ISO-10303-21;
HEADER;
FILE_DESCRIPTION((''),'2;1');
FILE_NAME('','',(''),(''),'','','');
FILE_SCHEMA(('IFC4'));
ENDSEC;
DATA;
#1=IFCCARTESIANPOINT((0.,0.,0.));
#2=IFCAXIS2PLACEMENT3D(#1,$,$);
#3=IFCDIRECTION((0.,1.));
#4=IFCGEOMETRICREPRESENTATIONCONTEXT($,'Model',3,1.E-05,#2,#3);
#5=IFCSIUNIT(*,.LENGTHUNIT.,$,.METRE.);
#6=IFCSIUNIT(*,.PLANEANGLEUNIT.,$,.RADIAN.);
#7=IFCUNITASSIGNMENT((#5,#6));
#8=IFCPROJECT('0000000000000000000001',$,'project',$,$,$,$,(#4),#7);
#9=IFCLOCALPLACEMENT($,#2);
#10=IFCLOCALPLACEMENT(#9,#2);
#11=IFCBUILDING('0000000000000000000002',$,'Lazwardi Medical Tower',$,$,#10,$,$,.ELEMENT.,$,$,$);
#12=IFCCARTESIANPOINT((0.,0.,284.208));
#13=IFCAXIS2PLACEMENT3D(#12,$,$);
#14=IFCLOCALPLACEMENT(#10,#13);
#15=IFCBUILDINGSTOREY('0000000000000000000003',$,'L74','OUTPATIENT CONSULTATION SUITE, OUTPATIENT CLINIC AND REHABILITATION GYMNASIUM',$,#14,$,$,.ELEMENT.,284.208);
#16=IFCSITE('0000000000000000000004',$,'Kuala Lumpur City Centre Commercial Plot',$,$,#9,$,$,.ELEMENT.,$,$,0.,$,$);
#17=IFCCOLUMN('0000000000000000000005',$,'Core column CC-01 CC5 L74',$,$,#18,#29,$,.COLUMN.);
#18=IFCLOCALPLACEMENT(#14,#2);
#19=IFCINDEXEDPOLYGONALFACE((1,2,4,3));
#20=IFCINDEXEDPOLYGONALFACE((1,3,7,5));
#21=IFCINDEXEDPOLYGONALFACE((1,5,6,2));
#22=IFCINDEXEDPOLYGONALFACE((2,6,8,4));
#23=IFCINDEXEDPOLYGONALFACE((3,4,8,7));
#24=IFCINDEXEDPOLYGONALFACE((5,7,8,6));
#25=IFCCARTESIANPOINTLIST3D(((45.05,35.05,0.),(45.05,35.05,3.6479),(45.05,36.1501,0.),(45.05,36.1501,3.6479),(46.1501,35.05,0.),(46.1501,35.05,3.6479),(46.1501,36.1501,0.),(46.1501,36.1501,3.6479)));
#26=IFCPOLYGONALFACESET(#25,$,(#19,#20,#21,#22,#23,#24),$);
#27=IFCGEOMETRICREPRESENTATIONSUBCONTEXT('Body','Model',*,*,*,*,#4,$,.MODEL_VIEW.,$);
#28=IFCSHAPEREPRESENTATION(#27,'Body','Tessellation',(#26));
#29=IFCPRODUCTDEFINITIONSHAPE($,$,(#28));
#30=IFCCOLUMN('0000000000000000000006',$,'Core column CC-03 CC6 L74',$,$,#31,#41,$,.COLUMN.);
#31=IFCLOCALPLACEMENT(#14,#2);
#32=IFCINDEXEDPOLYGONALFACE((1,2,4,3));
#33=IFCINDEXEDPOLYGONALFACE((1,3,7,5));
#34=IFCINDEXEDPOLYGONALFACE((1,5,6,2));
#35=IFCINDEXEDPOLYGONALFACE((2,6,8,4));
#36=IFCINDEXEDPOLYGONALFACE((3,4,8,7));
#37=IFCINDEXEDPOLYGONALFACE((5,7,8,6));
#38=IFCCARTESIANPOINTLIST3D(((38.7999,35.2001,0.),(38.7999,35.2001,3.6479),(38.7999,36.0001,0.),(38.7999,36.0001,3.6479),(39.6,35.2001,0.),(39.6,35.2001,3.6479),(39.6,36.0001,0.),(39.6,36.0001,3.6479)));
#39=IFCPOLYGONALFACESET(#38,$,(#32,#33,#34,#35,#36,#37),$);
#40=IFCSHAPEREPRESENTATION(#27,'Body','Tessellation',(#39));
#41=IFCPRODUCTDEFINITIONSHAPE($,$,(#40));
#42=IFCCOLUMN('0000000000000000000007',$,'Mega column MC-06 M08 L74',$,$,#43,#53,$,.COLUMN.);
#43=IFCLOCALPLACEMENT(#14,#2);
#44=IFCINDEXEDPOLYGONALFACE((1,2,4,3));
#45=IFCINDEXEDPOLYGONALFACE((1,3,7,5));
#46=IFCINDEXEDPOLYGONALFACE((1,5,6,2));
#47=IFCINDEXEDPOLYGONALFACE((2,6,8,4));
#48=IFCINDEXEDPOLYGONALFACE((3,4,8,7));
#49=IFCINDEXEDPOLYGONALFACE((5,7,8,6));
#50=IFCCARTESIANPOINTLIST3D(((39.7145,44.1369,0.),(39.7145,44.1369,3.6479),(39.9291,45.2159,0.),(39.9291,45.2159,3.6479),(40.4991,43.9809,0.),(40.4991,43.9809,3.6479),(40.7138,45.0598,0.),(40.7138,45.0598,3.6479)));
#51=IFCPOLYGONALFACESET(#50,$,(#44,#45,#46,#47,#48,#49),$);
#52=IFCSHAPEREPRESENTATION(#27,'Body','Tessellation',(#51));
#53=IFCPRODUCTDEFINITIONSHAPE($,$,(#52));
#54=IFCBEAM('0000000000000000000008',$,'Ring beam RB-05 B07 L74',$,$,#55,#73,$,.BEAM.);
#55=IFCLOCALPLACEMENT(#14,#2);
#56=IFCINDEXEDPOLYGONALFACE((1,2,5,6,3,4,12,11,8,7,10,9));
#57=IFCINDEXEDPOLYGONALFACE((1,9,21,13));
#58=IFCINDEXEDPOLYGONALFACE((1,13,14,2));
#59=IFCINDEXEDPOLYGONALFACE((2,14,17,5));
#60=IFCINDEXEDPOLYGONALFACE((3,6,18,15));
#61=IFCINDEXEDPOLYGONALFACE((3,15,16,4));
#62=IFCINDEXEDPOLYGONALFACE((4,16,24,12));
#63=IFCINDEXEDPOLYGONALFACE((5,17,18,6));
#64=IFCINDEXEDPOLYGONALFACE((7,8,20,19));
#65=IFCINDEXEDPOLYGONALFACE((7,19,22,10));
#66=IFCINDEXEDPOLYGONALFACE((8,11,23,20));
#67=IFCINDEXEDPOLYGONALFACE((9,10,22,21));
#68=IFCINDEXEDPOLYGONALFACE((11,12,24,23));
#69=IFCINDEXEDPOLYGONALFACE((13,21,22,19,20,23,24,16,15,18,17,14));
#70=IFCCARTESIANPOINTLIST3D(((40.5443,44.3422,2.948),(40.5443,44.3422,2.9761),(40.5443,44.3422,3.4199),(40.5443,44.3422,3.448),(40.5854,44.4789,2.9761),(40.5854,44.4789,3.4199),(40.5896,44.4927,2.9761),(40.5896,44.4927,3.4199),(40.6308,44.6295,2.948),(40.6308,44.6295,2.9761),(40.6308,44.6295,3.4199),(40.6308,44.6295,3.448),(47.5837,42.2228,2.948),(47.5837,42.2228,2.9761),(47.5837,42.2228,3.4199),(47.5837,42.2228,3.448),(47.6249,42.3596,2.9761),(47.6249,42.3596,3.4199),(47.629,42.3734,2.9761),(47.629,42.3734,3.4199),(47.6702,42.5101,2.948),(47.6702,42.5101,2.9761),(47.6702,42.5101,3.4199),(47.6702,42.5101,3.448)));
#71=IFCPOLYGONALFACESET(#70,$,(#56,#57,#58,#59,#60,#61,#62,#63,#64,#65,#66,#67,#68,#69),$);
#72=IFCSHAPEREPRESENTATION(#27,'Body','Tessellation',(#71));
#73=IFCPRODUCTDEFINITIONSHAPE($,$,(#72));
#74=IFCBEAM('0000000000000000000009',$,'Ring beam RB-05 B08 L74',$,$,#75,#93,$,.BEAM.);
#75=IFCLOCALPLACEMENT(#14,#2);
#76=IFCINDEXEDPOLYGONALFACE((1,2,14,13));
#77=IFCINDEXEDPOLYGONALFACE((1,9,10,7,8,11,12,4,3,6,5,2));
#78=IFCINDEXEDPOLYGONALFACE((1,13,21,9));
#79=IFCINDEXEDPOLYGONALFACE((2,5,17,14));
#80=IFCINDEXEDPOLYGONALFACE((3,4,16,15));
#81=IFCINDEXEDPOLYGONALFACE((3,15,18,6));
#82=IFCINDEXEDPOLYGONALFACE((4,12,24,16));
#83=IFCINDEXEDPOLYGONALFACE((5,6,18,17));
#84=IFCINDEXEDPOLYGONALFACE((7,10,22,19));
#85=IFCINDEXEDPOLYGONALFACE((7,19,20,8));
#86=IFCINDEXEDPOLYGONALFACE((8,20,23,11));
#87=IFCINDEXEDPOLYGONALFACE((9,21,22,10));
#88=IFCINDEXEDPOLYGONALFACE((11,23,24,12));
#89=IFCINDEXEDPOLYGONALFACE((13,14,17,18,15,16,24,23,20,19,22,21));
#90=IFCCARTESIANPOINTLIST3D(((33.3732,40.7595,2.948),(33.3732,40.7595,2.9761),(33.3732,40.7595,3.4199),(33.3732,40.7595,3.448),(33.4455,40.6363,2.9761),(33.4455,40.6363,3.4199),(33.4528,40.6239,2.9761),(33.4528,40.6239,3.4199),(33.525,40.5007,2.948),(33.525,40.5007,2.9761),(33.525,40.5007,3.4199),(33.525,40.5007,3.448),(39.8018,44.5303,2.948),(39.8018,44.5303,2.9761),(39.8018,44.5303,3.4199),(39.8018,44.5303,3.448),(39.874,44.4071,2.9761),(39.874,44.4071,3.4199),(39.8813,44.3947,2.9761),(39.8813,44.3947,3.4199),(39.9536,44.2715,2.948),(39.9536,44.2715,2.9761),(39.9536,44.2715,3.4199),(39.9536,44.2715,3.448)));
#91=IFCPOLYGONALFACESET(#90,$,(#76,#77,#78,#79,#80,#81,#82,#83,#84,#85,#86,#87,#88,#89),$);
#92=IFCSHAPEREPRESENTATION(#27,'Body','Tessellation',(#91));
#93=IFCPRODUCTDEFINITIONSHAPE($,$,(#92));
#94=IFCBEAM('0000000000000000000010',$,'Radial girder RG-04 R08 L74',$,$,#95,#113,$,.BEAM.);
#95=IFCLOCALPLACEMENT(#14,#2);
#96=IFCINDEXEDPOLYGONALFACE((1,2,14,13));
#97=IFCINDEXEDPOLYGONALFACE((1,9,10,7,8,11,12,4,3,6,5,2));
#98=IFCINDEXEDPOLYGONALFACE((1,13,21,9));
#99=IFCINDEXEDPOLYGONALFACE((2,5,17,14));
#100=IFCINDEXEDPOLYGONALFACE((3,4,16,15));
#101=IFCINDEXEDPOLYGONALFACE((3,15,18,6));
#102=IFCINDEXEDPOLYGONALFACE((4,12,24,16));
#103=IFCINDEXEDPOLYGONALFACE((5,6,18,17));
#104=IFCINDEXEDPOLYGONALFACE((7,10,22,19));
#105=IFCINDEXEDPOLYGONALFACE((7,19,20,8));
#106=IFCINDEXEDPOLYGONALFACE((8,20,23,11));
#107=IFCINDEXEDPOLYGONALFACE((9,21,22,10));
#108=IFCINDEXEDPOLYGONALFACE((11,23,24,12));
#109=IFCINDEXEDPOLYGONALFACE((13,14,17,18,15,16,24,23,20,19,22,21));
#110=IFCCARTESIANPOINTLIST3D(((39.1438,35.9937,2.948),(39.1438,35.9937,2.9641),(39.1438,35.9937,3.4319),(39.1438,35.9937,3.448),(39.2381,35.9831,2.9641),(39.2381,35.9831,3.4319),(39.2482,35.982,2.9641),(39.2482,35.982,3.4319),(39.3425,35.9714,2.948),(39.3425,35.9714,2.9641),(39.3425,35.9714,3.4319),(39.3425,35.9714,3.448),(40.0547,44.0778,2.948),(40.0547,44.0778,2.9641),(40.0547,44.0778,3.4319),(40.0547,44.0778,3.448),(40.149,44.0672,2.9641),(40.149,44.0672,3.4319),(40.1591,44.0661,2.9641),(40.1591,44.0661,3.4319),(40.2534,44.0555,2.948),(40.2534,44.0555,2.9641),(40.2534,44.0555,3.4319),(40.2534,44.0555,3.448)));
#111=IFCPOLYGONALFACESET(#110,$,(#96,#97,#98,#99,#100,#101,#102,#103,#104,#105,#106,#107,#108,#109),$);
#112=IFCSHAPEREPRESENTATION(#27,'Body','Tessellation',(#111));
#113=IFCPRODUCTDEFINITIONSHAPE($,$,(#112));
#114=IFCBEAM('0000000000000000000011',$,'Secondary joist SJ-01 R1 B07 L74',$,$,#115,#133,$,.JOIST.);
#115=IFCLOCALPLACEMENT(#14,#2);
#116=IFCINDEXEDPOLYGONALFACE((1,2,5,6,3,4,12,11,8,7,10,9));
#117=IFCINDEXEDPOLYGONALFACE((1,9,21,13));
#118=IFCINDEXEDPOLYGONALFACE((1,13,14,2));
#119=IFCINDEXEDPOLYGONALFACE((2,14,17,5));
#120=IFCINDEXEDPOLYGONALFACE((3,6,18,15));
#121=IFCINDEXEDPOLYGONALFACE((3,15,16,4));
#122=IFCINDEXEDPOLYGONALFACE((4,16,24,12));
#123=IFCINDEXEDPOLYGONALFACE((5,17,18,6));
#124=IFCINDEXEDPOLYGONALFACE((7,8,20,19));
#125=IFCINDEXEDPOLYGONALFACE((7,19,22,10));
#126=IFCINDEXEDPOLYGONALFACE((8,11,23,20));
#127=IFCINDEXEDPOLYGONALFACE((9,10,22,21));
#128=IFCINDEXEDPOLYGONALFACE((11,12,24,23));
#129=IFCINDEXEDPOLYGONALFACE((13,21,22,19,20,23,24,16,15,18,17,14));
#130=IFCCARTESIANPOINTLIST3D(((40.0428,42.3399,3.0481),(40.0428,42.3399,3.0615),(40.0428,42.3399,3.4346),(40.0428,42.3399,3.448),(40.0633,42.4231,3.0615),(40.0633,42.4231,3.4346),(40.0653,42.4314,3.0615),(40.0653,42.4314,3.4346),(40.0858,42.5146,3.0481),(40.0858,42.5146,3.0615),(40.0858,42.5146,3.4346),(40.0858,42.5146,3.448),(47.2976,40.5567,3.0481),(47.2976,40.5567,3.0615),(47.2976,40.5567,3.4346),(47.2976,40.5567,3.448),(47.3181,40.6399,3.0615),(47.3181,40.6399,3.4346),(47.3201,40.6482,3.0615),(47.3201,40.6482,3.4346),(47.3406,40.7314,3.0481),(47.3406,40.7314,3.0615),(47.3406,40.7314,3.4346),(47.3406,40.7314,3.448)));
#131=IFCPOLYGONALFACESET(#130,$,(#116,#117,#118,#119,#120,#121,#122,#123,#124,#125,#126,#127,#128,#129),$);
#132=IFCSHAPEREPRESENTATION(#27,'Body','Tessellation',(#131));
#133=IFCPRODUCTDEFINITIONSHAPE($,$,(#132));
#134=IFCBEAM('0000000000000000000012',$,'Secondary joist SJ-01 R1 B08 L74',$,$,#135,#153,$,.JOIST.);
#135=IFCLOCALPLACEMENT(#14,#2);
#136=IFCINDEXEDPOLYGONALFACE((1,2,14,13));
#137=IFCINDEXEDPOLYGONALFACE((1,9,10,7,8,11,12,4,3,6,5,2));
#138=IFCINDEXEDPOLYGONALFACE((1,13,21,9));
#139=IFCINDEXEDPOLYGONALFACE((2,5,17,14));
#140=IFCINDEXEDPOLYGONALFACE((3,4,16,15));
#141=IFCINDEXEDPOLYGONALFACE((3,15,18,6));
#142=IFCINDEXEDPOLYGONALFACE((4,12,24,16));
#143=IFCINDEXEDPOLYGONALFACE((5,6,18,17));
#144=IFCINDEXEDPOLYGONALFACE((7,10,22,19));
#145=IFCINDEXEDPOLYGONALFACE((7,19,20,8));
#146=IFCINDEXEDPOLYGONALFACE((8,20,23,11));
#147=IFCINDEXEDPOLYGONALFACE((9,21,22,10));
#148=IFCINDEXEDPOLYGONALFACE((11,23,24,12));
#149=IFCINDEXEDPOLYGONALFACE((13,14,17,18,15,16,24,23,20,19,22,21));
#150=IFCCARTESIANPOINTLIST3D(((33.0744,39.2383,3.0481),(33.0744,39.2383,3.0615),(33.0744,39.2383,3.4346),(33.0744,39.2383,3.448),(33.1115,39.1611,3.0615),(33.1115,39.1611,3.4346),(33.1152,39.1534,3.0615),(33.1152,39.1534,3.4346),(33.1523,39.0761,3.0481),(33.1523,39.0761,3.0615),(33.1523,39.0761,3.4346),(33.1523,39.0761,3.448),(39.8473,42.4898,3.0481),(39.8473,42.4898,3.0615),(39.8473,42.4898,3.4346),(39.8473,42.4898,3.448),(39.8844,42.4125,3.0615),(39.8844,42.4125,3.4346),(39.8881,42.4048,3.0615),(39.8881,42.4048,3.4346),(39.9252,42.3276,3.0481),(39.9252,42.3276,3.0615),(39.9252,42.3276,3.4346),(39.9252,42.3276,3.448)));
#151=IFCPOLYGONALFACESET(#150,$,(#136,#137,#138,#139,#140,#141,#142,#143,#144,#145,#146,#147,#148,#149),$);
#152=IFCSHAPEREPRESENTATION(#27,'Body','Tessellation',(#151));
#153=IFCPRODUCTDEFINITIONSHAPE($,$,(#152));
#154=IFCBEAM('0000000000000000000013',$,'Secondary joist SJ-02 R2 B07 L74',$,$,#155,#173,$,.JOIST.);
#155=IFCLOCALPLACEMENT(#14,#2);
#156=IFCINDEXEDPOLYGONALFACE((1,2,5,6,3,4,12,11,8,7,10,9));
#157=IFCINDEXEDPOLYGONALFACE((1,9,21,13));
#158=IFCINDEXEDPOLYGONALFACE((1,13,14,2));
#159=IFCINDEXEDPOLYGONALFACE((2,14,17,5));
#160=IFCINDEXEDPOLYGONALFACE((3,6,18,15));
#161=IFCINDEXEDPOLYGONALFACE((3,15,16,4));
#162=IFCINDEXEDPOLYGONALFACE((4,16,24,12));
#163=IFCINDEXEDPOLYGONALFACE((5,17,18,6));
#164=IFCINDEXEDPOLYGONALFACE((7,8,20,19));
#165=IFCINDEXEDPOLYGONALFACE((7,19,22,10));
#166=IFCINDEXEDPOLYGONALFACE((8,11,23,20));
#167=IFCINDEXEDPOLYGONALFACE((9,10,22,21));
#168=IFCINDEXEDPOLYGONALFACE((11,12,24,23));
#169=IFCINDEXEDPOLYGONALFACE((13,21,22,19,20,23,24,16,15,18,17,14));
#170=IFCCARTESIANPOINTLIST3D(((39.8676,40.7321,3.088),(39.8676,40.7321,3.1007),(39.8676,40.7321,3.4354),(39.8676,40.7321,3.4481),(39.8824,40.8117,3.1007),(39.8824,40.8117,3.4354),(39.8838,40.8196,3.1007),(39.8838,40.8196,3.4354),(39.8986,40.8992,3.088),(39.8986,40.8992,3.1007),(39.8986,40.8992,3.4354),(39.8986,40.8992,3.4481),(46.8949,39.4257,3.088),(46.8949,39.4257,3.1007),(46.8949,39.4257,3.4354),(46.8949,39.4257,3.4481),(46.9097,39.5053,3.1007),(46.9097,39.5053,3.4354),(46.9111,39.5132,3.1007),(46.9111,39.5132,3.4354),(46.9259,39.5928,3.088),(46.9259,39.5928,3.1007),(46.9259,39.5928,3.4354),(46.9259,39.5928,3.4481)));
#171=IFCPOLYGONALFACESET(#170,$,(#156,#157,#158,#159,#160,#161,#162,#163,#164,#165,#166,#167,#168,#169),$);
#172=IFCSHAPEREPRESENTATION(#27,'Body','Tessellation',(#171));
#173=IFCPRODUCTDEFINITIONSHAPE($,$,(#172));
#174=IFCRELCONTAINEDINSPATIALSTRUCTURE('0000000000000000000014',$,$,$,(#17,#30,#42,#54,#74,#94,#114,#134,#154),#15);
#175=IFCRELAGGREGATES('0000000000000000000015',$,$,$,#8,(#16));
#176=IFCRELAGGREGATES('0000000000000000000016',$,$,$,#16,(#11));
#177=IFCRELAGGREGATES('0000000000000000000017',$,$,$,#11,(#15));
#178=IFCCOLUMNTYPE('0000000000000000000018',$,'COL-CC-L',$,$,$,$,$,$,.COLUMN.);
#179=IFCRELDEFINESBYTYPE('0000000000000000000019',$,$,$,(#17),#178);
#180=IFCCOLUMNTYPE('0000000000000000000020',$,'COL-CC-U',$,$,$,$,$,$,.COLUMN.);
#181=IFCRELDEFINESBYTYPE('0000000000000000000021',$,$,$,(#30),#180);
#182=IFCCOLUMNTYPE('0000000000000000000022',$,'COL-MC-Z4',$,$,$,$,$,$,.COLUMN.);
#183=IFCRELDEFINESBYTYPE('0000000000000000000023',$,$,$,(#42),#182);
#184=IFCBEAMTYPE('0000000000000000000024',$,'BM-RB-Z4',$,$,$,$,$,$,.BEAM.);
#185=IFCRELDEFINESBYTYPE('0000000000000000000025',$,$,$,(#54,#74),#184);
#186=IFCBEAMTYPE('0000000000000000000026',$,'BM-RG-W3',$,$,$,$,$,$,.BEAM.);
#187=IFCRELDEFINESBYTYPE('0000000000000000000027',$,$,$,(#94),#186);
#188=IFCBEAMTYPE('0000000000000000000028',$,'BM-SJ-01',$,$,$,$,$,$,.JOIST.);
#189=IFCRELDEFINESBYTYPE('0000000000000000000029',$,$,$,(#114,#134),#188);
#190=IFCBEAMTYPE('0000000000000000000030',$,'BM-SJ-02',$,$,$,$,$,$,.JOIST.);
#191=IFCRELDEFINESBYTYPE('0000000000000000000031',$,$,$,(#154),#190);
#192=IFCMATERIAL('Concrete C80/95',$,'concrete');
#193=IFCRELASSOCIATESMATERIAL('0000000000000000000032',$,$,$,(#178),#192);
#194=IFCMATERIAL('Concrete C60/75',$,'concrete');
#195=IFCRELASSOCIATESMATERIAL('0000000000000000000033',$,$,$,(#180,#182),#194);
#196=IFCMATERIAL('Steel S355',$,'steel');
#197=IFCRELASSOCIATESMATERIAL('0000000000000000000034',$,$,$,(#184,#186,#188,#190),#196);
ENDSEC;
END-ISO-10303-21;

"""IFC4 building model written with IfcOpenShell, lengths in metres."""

from ifc_helpers import new_model, si_unit, direction, frame, origin, origin_2d, place, context, subcontext, project, spatial, rectangle, i_section, extrude, material, material_profile, profile_set, type_object, element, save


model = new_model("IFC4")

# Units and contexts
model_context = context("Model", 3, precision=1e-05, world=origin(), true_north=direction((0.0, 1.0)))
body_context = subcontext(model_context, "Body", "Model", "MODEL_VIEW")
ifc_project = project(units=[si_unit("LENGTHUNIT", "METRE"), si_unit("PLANEANGLEUNIT", "RADIAN")], contexts=[model_context])

# Site, building, storey
site_placement = place(None, origin())
site = spatial("IfcSite", under=ifc_project, at=site_placement, Name="Kuala Lumpur City Centre Commercial Plot", CompositionType="ELEMENT", RefElevation=0.0)
building_placement = place(site_placement, origin())
building = spatial("IfcBuilding", under=site, at=building_placement, Name="Lazwardi Medical Tower", CompositionType="ELEMENT")
storey_placement = place(building_placement, frame((0.0, 0.0, 284.208)))
storey = spatial("IfcBuildingStorey", under=building, at=storey_placement, Name="L74", Description="OUTPATIENT CONSULTATION SUITE, OUTPATIENT CLINIC AND REHABILITATION GYMNASIUM", CompositionType="ELEMENT", Elevation=284.208)

# Columns
ifc_material_1 = material(Name="Concrete C80/95", Category="concrete")
ifc_material_profile_1 = material_profile(ifc_material_1, rectangle(XDim=1.1001, YDim=1.1001, at=origin_2d()), Name="RC 1100x1100")
ifc_profile_set_1 = profile_set([ifc_material_profile_1], Name="Concrete C80/95")
column_type_1 = type_object("IfcColumnType", Name="COL-CC-L", PredefinedType="COLUMN", material=ifc_profile_set_1)
column_1_placement = place(storey_placement, frame((45.6001, 35.6001, 0.0), z_axis=(0.0, 0.0, 1.0), x_axis=(1.0, 0.0, 0.0)))
element("IfcColumn", 1, at=column_1_placement, inside=storey, type_object=column_type_1, Name="Core column CC-01 CC5 L74", PredefinedType="COLUMN", context=body_context, shape_type="SweptSolid", body=[
    extrude(rectangle(XDim=1.1001, YDim=1.1001, at=origin_2d()), origin(), (0.0, 0.0, 1.0), 3.6479),
])
ifc_material_2 = material(Name="Concrete C60/75", Category="concrete")
ifc_material_profile_2 = material_profile(ifc_material_2, rectangle(XDim=0.8, YDim=0.8, at=origin_2d()), Name="RC 800x800")
ifc_profile_set_2 = profile_set([ifc_material_profile_2], Name="Concrete C60/75")
column_type_2 = type_object("IfcColumnType", Name="COL-CC-U", PredefinedType="COLUMN", material=ifc_profile_set_2)
column_2_placement = place(storey_placement, frame((39.2, 35.6001, 0.0), z_axis=(0.0, 0.0, 1.0), x_axis=(1.0, 0.0, 0.0)))
element("IfcColumn", 2, at=column_2_placement, inside=storey, type_object=column_type_2, Name="Core column CC-03 CC6 L74", PredefinedType="COLUMN", context=body_context, shape_type="SweptSolid", body=[
    extrude(rectangle(XDim=0.8, YDim=0.8, at=origin_2d()), origin(), (0.0, 0.0, 1.0), 3.6479),
])
ifc_material_profile_3 = material_profile(ifc_material_2, rectangle(XDim=1.1001, YDim=0.8, at=origin_2d()), Name="CFT-RECT 1100x800")
ifc_profile_set_3 = profile_set([ifc_material_profile_3], Name="Concrete C60/75")
column_type_3 = type_object("IfcColumnType", Name="COL-MC-Z4", PredefinedType="COLUMN", material=ifc_profile_set_3)
column_3_placement = place(storey_placement, frame((40.2141, 44.5984, 0.0), z_axis=(0.0, 0.0, 1.0), x_axis=(0.19509, 0.980785, 0.0)))
element("IfcColumn", 3, at=column_3_placement, inside=storey, type_object=column_type_3, Name="Mega column MC-06 M08 L74", PredefinedType="COLUMN", context=body_context, shape_type="SweptSolid", body=[
    extrude(rectangle(XDim=1.1001, YDim=0.8, at=origin_2d()), origin(), (0.0, 0.0, 1.0), 3.6479),
])

# Beams
ifc_material_3 = material(Name="Steel S355", Category="steel")
ifc_material_profile_4 = material_profile(ifc_material_3, i_section(OverallWidth=0.3, OverallDepth=0.5, WebThickness=0.0144, FlangeThickness=0.0281, at=origin_2d()), Name="HEB 500")
ifc_profile_set_4 = profile_set([ifc_material_profile_4], Name="Steel S355")
beam_type_1 = type_object("IfcBeamType", Name="BM-RB-Z4", PredefinedType="BEAM", material=ifc_profile_set_4)
beam_1_placement = place(storey_placement, frame((47.627, 42.3665, 3.198), z_axis=(-0.957544, 0.288286, 0.0), x_axis=(-0.288286, -0.957544, 0.0)))
element("IfcBeam", 4, at=beam_1_placement, inside=storey, type_object=beam_type_1, Name="Ring beam RB-05 B07 L74", PredefinedType="BEAM", context=body_context, shape_type="SweptSolid", body=[
    extrude(i_section(OverallWidth=0.3, OverallDepth=0.5, WebThickness=0.0144, FlangeThickness=0.0281, at=origin_2d()), origin(), (0.0, 0.0, 1.0), 7.3516),
])
beam_2_placement = place(storey_placement, frame((39.8777, 44.4009, 3.198), z_axis=(-0.862561, -0.505953, 0.0), x_axis=(0.505953, -0.862561, 0.0)))
element("IfcBeam", 5, at=beam_2_placement, inside=storey, type_object=beam_type_1, Name="Ring beam RB-05 B08 L74", PredefinedType="BEAM", context=body_context, shape_type="SweptSolid", body=[
    extrude(i_section(OverallWidth=0.3, OverallDepth=0.5, WebThickness=0.0144, FlangeThickness=0.0281, at=origin_2d()), origin(), (0.0, 0.0, 1.0), 7.4529),
])
ifc_material_profile_5 = material_profile(ifc_material_3, i_section(OverallWidth=0.2, OverallDepth=0.5, WebThickness=0.0103, FlangeThickness=0.0161, at=origin_2d()), Name="IPE 500")
ifc_profile_set_5 = profile_set([ifc_material_profile_5], Name="Steel S355")
beam_type_2 = type_object("IfcBeamType", Name="BM-RG-W3", PredefinedType="BEAM", material=ifc_profile_set_5)
beam_3_placement = place(storey_placement, frame((40.1541, 44.0667, 3.198), z_axis=(-0.11197, -0.993712, 0.0), x_axis=(0.993712, -0.11197, 0.0)))
element("IfcBeam", 6, at=beam_3_placement, inside=storey, type_object=beam_type_2, Name="Radial girder RG-04 R08 L74", PredefinedType="BEAM", context=body_context, shape_type="SweptSolid", body=[
    extrude(i_section(OverallWidth=0.2, OverallDepth=0.5, WebThickness=0.0103, FlangeThickness=0.0161, at=origin_2d()), origin(), (0.0, 0.0, 1.0), 8.1353),
])
ifc_material_profile_6 = material_profile(ifc_material_3, i_section(OverallWidth=0.1799, OverallDepth=0.3999, WebThickness=0.0085, FlangeThickness=0.0134, at=origin_2d()), Name="IPE 400")
ifc_profile_set_6 = profile_set([ifc_material_profile_6], Name="Steel S355")
beam_type_3 = type_object("IfcBeamType", Name="BM-SJ-01", PredefinedType="JOIST", material=ifc_profile_set_6)
beam_4_placement = place(storey_placement, frame((47.3191, 40.644, 3.248), z_axis=(-0.971096, 0.238689, 0.0), x_axis=(-0.238689, -0.971096, 0.0)))
element("IfcBeam", 7, at=beam_4_placement, inside=storey, type_object=beam_type_3, Name="Secondary joist SJ-01 R1 B07 L74", PredefinedType="JOIST", context=body_context, shape_type="SweptSolid", body=[
    extrude(i_section(OverallWidth=0.1799, OverallDepth=0.3999, WebThickness=0.0085, FlangeThickness=0.0134, at=origin_2d()), origin(), (0.0, 0.0, 1.0), 7.4707),
])
beam_5_placement = place(storey_placement, frame((39.8862, 42.4087, 3.248), z_axis=(-0.9015, -0.43278, 0.0), x_axis=(0.43278, -0.9015, 0.0)))
element("IfcBeam", 8, at=beam_5_placement, inside=storey, type_object=beam_type_3, Name="Secondary joist SJ-01 R1 B08 L74", PredefinedType="JOIST", context=body_context, shape_type="SweptSolid", body=[
    extrude(i_section(OverallWidth=0.1799, OverallDepth=0.3999, WebThickness=0.0085, FlangeThickness=0.0134, at=origin_2d()), origin(), (0.0, 0.0, 1.0), 7.5129),
])
ifc_material_profile_7 = material_profile(ifc_material_3, i_section(OverallWidth=0.1699, OverallDepth=0.3601, WebThickness=0.0081, FlangeThickness=0.0127, at=origin_2d()), Name="IPE 360")
ifc_profile_set_7 = profile_set([ifc_material_profile_7], Name="Steel S355")
beam_type_4 = type_object("IfcBeamType", Name="BM-SJ-02", PredefinedType="JOIST", material=ifc_profile_set_7)
beam_6_placement = place(storey_placement, frame((46.9104, 39.5093, 3.2681), z_axis=(-0.983156, 0.18277, 0.0), x_axis=(-0.18277, -0.983156, 0.0)))
element("IfcBeam", 9, at=beam_6_placement, inside=storey, type_object=beam_type_4, Name="Secondary joist SJ-02 R2 B07 L74", PredefinedType="JOIST", context=body_context, shape_type="SweptSolid", body=[
    extrude(i_section(OverallWidth=0.1699, OverallDepth=0.3601, WebThickness=0.0081, FlangeThickness=0.0127, at=origin_2d()), origin(), (0.0, 0.0, 1.0), 7.1477),
])

save(model, "model.ifc")
